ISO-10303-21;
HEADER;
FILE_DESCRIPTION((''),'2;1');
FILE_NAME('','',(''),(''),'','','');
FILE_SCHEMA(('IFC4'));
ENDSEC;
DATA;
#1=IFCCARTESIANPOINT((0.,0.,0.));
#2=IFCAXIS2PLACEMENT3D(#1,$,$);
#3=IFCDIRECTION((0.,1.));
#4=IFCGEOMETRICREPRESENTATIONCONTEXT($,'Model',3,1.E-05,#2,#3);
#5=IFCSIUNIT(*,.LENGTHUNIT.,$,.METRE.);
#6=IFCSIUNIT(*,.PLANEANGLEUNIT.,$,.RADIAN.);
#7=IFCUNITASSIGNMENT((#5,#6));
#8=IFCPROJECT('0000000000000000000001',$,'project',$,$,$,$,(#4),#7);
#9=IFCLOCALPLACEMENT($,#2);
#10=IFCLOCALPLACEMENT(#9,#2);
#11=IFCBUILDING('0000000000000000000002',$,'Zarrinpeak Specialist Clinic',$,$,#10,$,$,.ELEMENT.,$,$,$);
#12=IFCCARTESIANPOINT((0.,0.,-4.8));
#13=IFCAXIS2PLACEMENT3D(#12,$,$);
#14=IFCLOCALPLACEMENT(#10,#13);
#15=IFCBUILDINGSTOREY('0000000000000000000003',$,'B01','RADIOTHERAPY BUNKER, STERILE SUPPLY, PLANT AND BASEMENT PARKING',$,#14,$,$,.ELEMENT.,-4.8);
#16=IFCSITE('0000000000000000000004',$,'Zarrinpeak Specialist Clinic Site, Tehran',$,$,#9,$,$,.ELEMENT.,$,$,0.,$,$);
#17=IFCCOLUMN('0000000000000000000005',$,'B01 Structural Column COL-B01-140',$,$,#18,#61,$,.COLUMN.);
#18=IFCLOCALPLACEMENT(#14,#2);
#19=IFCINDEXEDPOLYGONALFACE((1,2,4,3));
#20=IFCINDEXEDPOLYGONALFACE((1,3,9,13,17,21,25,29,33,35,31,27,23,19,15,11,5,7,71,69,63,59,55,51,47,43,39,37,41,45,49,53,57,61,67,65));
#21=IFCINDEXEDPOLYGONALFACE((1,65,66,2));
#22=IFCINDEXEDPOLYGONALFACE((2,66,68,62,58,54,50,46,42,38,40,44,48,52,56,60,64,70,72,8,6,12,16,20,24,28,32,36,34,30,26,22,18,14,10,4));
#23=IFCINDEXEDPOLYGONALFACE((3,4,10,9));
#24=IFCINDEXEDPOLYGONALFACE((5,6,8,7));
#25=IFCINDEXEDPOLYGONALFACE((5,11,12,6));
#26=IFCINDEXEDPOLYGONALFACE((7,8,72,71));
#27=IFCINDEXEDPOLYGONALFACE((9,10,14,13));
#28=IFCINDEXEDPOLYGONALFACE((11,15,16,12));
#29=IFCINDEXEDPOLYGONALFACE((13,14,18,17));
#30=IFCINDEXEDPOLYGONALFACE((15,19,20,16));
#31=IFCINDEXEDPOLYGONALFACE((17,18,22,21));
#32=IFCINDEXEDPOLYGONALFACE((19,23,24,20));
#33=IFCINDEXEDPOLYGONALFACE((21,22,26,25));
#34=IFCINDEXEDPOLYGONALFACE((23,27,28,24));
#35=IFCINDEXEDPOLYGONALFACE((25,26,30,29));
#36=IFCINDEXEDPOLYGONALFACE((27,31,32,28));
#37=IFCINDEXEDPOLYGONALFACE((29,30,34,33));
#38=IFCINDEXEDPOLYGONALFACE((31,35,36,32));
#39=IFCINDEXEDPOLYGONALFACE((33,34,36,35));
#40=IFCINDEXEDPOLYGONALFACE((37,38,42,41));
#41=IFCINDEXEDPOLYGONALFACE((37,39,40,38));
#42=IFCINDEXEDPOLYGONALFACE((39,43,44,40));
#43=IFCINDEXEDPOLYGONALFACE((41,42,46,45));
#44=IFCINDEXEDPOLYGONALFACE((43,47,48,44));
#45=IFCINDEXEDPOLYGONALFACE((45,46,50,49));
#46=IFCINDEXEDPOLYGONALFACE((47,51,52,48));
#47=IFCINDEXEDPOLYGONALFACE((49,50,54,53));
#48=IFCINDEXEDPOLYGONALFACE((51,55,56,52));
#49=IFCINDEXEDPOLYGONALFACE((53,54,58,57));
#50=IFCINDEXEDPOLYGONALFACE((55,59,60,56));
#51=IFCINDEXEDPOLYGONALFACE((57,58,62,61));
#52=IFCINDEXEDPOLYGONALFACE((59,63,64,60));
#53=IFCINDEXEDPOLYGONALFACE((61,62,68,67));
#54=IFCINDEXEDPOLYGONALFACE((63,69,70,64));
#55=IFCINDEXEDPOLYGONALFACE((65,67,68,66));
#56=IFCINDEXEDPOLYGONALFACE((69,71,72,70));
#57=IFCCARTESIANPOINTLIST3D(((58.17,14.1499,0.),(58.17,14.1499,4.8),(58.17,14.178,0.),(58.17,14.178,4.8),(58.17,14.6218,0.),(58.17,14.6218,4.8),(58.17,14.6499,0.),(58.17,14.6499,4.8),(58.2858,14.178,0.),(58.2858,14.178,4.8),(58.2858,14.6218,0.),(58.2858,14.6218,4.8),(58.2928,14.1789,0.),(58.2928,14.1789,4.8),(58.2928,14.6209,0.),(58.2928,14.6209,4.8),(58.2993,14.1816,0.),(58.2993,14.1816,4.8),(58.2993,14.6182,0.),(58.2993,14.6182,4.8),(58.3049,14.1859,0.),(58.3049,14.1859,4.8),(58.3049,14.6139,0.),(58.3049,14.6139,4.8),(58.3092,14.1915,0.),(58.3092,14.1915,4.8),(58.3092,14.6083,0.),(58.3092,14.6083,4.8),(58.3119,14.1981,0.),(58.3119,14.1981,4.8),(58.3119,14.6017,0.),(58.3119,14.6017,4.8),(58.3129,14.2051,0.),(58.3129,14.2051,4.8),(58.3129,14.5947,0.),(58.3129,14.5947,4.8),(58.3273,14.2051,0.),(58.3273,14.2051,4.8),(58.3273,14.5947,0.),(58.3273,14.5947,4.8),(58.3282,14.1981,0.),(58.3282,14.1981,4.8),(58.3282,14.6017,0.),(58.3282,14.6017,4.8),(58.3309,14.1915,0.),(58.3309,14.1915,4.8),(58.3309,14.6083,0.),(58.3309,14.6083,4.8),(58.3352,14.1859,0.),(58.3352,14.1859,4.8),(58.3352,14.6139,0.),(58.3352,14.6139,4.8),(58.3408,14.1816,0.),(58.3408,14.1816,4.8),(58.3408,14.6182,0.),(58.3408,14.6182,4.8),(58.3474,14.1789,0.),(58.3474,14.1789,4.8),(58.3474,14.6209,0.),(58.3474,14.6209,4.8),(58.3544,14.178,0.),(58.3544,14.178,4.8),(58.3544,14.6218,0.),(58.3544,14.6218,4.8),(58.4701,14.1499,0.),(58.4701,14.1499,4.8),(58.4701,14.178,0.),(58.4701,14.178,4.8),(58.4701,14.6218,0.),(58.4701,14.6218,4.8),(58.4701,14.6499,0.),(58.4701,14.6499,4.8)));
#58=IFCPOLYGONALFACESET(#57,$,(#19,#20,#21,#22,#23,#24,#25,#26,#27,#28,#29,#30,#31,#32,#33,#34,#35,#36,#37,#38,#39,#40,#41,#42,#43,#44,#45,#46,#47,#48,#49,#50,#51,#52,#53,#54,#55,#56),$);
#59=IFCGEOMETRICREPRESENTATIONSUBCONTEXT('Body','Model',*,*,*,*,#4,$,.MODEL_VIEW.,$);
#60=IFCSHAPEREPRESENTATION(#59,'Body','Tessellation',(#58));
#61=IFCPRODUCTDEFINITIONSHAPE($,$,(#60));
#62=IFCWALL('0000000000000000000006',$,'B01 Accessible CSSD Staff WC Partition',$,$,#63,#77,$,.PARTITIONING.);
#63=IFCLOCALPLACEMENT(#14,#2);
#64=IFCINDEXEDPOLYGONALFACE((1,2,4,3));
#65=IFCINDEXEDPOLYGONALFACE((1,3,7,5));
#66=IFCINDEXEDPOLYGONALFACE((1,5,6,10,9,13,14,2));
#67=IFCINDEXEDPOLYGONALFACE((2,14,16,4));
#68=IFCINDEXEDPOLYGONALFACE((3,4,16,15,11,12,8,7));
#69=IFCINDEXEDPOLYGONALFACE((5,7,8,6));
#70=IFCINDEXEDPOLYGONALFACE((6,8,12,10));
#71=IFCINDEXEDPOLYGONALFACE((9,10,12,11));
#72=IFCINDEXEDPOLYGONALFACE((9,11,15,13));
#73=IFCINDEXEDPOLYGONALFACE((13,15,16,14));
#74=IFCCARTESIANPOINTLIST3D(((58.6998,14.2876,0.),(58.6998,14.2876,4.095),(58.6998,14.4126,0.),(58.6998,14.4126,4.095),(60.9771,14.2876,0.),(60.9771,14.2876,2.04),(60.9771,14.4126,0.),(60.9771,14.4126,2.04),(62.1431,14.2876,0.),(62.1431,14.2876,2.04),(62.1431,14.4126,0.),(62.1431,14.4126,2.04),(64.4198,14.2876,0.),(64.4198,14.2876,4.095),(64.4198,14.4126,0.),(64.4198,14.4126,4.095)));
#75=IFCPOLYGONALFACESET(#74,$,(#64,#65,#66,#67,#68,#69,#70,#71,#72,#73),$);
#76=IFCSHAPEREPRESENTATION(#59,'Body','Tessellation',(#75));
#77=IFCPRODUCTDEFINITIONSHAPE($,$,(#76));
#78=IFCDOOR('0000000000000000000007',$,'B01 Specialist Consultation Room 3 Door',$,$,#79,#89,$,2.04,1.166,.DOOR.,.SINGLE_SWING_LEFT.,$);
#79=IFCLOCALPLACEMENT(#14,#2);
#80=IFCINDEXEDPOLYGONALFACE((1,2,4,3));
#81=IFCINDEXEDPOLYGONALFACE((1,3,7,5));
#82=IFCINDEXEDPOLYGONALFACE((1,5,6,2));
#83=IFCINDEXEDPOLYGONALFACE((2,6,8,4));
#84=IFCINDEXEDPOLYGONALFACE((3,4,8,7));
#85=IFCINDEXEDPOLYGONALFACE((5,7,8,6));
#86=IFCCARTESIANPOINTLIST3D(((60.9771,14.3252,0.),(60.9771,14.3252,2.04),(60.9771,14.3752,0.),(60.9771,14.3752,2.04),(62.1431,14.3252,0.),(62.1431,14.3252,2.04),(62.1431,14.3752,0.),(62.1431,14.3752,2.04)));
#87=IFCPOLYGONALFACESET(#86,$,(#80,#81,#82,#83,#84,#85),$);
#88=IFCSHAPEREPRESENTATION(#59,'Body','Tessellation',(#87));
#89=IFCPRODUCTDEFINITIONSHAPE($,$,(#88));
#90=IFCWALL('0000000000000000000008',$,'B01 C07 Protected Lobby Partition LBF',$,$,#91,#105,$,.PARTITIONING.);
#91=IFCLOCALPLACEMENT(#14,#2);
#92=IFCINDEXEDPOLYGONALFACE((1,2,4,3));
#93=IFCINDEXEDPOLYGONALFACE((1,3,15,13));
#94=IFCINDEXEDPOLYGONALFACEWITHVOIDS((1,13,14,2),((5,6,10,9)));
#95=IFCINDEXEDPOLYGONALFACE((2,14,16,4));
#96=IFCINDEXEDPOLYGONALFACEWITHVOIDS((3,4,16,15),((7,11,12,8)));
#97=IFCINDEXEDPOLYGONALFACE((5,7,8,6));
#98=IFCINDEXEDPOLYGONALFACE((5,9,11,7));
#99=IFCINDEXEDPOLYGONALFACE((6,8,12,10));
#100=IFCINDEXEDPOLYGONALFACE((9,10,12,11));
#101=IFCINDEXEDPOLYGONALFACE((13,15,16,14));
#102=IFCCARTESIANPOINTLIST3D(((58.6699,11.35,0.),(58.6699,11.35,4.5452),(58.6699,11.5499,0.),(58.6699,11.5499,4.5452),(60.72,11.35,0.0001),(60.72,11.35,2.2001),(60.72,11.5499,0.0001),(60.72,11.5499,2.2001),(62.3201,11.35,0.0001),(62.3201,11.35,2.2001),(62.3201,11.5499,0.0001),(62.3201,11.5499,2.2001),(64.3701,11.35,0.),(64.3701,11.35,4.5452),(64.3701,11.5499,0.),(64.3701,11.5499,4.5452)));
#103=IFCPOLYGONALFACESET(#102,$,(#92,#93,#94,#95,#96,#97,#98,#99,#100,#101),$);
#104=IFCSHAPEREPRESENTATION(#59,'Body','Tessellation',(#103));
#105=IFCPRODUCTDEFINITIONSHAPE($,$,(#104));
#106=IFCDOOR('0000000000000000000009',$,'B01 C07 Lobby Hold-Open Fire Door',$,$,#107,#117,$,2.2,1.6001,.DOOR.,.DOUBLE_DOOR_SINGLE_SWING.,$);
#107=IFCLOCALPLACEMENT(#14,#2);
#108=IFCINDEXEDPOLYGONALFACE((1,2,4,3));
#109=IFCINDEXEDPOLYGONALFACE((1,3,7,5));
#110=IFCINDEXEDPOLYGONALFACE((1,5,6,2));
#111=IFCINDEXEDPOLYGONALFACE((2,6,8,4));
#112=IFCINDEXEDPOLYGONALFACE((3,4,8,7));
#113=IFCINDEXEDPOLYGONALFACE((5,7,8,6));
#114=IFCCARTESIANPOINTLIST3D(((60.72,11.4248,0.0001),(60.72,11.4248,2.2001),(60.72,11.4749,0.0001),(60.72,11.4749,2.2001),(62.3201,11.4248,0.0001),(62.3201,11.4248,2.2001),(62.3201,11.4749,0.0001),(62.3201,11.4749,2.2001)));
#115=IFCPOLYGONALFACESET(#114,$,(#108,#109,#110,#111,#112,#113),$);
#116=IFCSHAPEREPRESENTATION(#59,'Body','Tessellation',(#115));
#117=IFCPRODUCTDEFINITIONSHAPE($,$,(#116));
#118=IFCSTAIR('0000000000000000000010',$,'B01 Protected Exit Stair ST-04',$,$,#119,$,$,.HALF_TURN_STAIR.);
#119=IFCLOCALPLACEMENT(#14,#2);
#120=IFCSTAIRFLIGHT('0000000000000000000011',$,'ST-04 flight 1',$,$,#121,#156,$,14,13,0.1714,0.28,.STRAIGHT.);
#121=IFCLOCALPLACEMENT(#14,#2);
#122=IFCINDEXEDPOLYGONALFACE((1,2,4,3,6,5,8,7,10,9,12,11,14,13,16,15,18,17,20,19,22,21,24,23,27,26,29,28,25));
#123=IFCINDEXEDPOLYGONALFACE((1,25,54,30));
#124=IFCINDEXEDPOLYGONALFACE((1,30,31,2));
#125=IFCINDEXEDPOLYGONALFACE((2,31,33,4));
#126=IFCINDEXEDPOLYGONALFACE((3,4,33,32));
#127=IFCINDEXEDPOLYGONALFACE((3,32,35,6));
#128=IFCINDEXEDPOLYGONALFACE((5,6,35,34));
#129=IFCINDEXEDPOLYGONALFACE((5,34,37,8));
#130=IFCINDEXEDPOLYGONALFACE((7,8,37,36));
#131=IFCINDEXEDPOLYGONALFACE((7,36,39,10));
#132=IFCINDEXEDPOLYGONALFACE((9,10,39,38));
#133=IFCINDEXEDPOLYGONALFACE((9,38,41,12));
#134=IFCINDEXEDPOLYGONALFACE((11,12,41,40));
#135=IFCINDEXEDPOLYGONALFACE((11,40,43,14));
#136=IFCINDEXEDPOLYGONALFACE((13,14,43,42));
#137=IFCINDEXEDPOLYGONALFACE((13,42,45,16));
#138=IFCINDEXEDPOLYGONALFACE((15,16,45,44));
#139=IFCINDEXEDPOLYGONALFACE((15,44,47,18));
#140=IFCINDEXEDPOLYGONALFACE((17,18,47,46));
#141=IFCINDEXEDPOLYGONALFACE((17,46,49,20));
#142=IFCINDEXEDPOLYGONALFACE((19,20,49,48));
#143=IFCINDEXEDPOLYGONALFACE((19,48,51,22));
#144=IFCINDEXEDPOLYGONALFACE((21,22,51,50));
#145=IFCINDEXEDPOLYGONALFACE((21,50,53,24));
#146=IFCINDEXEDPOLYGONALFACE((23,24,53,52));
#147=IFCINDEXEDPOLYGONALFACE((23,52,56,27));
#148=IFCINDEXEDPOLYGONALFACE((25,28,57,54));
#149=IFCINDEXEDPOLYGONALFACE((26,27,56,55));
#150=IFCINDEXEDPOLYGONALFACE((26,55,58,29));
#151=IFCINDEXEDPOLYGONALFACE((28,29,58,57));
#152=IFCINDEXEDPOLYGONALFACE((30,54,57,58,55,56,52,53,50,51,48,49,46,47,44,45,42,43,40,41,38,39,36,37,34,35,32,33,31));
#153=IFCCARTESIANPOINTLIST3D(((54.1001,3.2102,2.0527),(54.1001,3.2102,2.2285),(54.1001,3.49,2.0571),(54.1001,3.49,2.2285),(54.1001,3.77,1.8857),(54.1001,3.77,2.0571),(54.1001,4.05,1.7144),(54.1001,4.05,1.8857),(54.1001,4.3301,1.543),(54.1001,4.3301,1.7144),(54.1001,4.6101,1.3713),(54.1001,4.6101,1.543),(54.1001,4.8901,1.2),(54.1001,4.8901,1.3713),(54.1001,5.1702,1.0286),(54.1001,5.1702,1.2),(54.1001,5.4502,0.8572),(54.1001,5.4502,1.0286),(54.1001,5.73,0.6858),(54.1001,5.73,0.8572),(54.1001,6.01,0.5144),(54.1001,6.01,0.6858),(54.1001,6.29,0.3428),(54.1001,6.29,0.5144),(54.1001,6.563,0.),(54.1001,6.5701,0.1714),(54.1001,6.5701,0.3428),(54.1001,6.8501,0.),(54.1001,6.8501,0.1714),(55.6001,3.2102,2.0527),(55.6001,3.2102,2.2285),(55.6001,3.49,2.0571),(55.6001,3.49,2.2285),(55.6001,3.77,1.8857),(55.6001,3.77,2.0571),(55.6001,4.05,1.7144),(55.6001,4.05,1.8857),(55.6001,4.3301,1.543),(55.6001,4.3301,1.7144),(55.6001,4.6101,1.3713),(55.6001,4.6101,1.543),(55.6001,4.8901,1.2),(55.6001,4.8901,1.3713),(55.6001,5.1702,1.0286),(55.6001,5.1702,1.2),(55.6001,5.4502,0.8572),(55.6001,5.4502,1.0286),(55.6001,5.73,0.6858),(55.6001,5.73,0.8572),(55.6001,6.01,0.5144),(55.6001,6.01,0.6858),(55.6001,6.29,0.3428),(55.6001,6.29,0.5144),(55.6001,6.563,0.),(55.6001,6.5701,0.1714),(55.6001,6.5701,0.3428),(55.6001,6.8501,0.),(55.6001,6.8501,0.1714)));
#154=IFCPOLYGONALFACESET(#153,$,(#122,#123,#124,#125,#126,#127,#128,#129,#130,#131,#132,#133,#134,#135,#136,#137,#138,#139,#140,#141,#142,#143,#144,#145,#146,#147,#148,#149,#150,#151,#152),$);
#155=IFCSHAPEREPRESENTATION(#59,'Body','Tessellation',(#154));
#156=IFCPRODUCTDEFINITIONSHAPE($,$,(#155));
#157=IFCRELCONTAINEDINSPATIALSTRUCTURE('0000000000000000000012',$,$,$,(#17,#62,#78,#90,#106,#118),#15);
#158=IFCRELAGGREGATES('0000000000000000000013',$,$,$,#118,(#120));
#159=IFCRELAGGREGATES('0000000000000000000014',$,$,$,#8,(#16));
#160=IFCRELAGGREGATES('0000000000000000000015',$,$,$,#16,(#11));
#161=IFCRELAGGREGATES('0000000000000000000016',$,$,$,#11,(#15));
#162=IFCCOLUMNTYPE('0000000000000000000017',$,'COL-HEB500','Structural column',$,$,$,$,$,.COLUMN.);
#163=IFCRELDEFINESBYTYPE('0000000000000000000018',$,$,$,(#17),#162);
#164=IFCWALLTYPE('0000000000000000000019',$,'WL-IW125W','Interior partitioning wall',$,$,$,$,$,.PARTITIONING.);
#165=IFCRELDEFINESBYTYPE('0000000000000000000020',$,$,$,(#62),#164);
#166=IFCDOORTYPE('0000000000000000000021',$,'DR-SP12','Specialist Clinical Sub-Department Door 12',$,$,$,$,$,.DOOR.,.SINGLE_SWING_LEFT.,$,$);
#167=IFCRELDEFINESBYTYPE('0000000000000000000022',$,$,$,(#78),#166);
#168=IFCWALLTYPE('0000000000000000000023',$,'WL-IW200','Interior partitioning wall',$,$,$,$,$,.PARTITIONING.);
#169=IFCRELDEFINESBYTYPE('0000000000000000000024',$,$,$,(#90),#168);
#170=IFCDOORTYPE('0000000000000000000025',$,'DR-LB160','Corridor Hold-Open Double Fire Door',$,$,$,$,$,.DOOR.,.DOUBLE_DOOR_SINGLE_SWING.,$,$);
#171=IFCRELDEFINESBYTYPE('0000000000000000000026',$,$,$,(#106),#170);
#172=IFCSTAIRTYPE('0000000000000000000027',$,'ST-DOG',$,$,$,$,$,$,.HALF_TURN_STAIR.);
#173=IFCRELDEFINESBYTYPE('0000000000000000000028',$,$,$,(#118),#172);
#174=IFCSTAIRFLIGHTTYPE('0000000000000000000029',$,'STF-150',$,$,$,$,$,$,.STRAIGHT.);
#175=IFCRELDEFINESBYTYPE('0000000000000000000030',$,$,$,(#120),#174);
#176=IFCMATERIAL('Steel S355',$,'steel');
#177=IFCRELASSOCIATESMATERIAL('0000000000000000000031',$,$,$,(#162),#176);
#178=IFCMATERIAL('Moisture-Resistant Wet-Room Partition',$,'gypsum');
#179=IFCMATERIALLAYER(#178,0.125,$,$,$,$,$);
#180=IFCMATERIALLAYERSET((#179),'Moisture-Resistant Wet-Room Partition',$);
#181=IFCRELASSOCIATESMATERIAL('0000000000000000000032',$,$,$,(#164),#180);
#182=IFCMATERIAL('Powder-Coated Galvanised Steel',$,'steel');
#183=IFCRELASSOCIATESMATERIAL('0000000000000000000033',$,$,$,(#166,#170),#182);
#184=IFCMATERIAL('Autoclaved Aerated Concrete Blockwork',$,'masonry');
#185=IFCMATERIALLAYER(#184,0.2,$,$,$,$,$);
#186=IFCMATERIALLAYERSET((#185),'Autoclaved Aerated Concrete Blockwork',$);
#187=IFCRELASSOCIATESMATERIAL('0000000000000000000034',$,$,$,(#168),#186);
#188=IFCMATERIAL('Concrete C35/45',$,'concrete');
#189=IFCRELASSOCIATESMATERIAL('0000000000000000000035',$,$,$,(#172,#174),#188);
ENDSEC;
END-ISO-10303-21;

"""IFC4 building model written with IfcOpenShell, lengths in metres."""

from ifc_helpers import new_model, si_unit, direction, frame, frame_2d, origin, origin_2d, place, context, subcontext, project, spatial, polyline, rectangle, i_section, outline, extrude, material, layer, layer_set, material_profile, profile_set, type_object, element, fill, aggregate, save


model = new_model("IFC4")

# Units and contexts
model_context = context("Model", 3, precision=1e-05, world=origin(), true_north=direction((0.0, 1.0)))
body_context = subcontext(model_context, "Body", "Model", "MODEL_VIEW")
ifc_project = project(units=[si_unit("LENGTHUNIT", "METRE"), si_unit("PLANEANGLEUNIT", "RADIAN")], contexts=[model_context])

# Site, building, storey
site_placement = place(None, origin())
site = spatial("IfcSite", under=ifc_project, at=site_placement, Name="Zarrinpeak Specialist Clinic Site, Tehran", CompositionType="ELEMENT", RefElevation=0.0)
building_placement = place(site_placement, origin())
building = spatial("IfcBuilding", under=site, at=building_placement, Name="Zarrinpeak Specialist Clinic", CompositionType="ELEMENT")
storey_placement = place(building_placement, frame((0.0, 0.0, -4.8)))
storey = spatial("IfcBuildingStorey", under=building, at=storey_placement, Name="B01", Description="RADIOTHERAPY BUNKER, STERILE SUPPLY, PLANT AND BASEMENT PARKING", CompositionType="ELEMENT", Elevation=-4.8)

# Column
ifc_material_1 = material(Name="Steel S355", Category="steel")
ifc_material_profile_1 = material_profile(ifc_material_1, i_section(OverallWidth=0.3, OverallDepth=0.5, WebThickness=0.0144, FlangeThickness=0.0281, FilletRadius=0.0271, at=origin_2d()), Name="HEB 500")
ifc_profile_set_1 = profile_set([ifc_material_profile_1], Name="Steel S355")
column_type = type_object("IfcColumnType", Name="COL-HEB500", Description="Structural column", PredefinedType="COLUMN", material=ifc_profile_set_1)
for number, where, z_axis, x_axis, name in (
    (1, (58.3201, 14.3999, 0.0), (0.0, 0.0, 1.0), (1.0, 0.0, 0.0), "B01 Structural Column COL-B01-140"),
):
    element("IfcColumn", number, at=place(storey_placement, frame(where, z_axis=z_axis, x_axis=x_axis)), inside=storey, type_object=column_type, Name=name, PredefinedType="COLUMN", context=body_context, shape_type="SweptSolid", body=[
        extrude(i_section(OverallWidth=0.3, OverallDepth=0.5, WebThickness=0.0144, FlangeThickness=0.0281, FilletRadius=0.0271, at=origin_2d()), origin(), (0.0, 0.0, 1.0), 4.8),
    ])

# Walls, openings, doors
ifc_material_2 = material(Name="Powder-Coated Galvanised Steel", Category="steel")
ifc_material_3 = material(Name="Moisture-Resistant Wet-Room Partition", Category="gypsum")
ifc_layer_1 = layer(ifc_material_3, 0.125)
ifc_layer_set_1 = layer_set([ifc_layer_1], Name="Moisture-Resistant Wet-Room Partition")
wall_type_1 = type_object("IfcWallType", Name="WL-IW125W", Description="Interior partitioning wall", PredefinedType="PARTITIONING", material=ifc_layer_set_1)
wall_1_placement = place(storey_placement, frame((58.7, 14.3501, 0.0), z_axis=(0.0, 0.0, 1.0), x_axis=(1.0, 0.0, 0.0)))
wall_1 = element("IfcWall", 2, at=wall_1_placement, inside=storey, type_object=wall_type_1, Name="B01 Accessible CSSD Staff WC Partition", PredefinedType="PARTITIONING", context=body_context, shape_type="SweptSolid", body=[
    extrude(rectangle(XDim=5.72, YDim=0.125, at=frame_2d((2.8599, 0.0))), origin(), (0.0, 0.0, 1.0), 4.095),
])
opening_1_placement = place(wall_1_placement, frame((2.2771, 0.0, 0.0)))
opening_1 = element("IfcOpeningElement", 3, at=opening_1_placement, cuts=wall_1, PredefinedType="OPENING", context=body_context, shape_type="SweptSolid", body=[
    extrude(rectangle(XDim=1.166, YDim=2.04, at=frame_2d((0.583, 1.02))), frame((0.0, 0.0725, 0.0), z_axis=(0.0, -1.0, 0.0), x_axis=(1.0, 0.0, 0.0)), (0.0, 0.0, 1.0), 0.145),
])
door_type_1 = type_object("IfcDoorType", Name="DR-SP12", Description="Specialist Clinical Sub-Department Door 12", OperationType="SINGLE_SWING_LEFT", PredefinedType="DOOR", material=ifc_material_2)
door_1_placement = place(opening_1_placement, frame((1.166, 0.0, 0.0), z_axis=(0.0, 0.0, 1.0), x_axis=(-1.0, 0.0, 0.0)))
door_1 = element("IfcDoor", 4, at=door_1_placement, inside=storey, type_object=door_type_1, Name="B01 Specialist Consultation Room 3 Door", OperationType="SINGLE_SWING_LEFT", OverallHeight=2.04, OverallWidth=1.166, PredefinedType="DOOR", context=body_context, shape_type="SweptSolid", body=[
    extrude(rectangle(XDim=1.166, YDim=2.04, at=frame_2d((0.583, 1.02))), frame((0.0, 0.0249, 0.0), z_axis=(0.0, -1.0, 0.0), x_axis=(1.0, 0.0, 0.0)), (0.0, 0.0, 1.0), 0.05),
])
fill(opening_1, door_1)
ifc_material_4 = material(Name="Autoclaved Aerated Concrete Blockwork", Category="masonry")
ifc_layer_2 = layer(ifc_material_4, 0.2)
ifc_layer_set_2 = layer_set([ifc_layer_2], Name="Autoclaved Aerated Concrete Blockwork")
wall_type_2 = type_object("IfcWallType", Name="WL-IW200", Description="Interior partitioning wall", PredefinedType="PARTITIONING", material=ifc_layer_set_2)
wall_2_placement = place(storey_placement, frame((58.6699, 11.45, 0.0), z_axis=(0.0, 0.0, 1.0), x_axis=(1.0, 0.0, 0.0)))
wall_2 = element("IfcWall", 5, at=wall_2_placement, inside=storey, type_object=wall_type_2, Name="B01 C07 Protected Lobby Partition LBF", PredefinedType="PARTITIONING", context=body_context, shape_type="SweptSolid", body=[
    extrude(rectangle(XDim=5.7002, YDim=0.2, at=frame_2d((2.8501, 0.0))), origin(), (0.0, 0.0, 1.0), 4.5452),
])
opening_2_placement = place(wall_2_placement, frame((2.05, 0.0, 0.0)))
opening_2 = element("IfcOpeningElement", 6, at=opening_2_placement, cuts=wall_2, PredefinedType="OPENING", context=body_context, shape_type="SweptSolid", body=[
    extrude(rectangle(XDim=1.6001, YDim=2.2, at=frame_2d((0.8, 1.1001))), frame((0.0, 0.1099, 0.0), z_axis=(0.0, -1.0, 0.0), x_axis=(1.0, 0.0, 0.0)), (0.0, 0.0, 1.0), 0.22),
])
door_type_2 = type_object("IfcDoorType", Name="DR-LB160", Description="Corridor Hold-Open Double Fire Door", OperationType="DOUBLE_DOOR_SINGLE_SWING", PredefinedType="DOOR", material=ifc_material_2)
door_2_placement = place(opening_2_placement, origin())
door_2 = element("IfcDoor", 7, at=door_2_placement, inside=storey, type_object=door_type_2, Name="B01 C07 Lobby Hold-Open Fire Door", OperationType="DOUBLE_DOOR_SINGLE_SWING", OverallHeight=2.2, OverallWidth=1.6001, PredefinedType="DOOR", context=body_context, shape_type="SweptSolid", body=[
    extrude(rectangle(XDim=1.6001, YDim=2.2, at=frame_2d((0.8, 1.1001))), frame((0.0, 0.0249, 0.0), z_axis=(0.0, -1.0, 0.0), x_axis=(1.0, 0.0, 0.0)), (0.0, 0.0, 1.0), 0.05),
])
fill(opening_2, door_2)

# Stair, stair flight
ifc_material_5 = material(Name="Concrete C35/45", Category="concrete")
stair_type = type_object("IfcStairType", Name="ST-DOG", PredefinedType="HALF_TURN_STAIR", material=ifc_material_5)
stair_1_placement = place(storey_placement, origin())
stair_1 = element("IfcStair", 8, at=stair_1_placement, inside=storey, type_object=stair_type, Name="B01 Protected Exit Stair ST-04", PredefinedType="HALF_TURN_STAIR")
stair_flight_type = type_object("IfcStairFlightType", Name="STF-150", PredefinedType="STRAIGHT", material=ifc_material_5)
stair_flight_1_placement = place(storey_placement, frame((54.8501, 6.8501, 0.0), z_axis=(0.0, 0.0, 1.0), x_axis=(0.0, -1.0, 0.0)))
stair_flight_1 = element("IfcStairFlight", 9, at=stair_flight_1_placement, type_object=stair_flight_type, Name="ST-04 flight 1", NumberOfRisers=14, NumberOfTreads=13, PredefinedType="STRAIGHT", RiserHeight=0.1714, TreadLength=0.28, context=body_context, shape_type="SweptSolid", body=[
    extrude(outline(polyline([(0.0, 0.0), (0.0, 0.1714), (0.28, 0.1714), (0.28, 0.3428), (0.5601, 0.3428), (0.5601, 0.5144), (0.8401, 0.5144), (0.8401, 0.6858), (1.1201, 0.6858), (1.1201, 0.8572), (1.3999, 0.8572), (1.3999, 1.0286), (1.6799, 1.0286), (1.6799, 1.2), (1.96, 1.2), (1.96, 1.3713), (2.24, 1.3713), (2.24, 1.543), (2.52, 1.543), (2.52, 1.7144), (2.8, 1.7144), (2.8, 1.8857), (3.0801, 1.8857), (3.0801, 2.0571), (3.3601, 2.0571), (3.3601, 2.2285), (3.6399, 2.2285), (3.6399, 2.3999), (3.6399, 2.0527), (0.2871, 0.0), (0.0, 0.0)])), frame((0.0, 0.75, 0.0), z_axis=(0.0, -1.0, 0.0), x_axis=(1.0, 0.0, 0.0)), (0.0, 0.0, 1.0), 1.5),
])
aggregate(stair_1, [stair_flight_1])

save(model, "model.ifc")
